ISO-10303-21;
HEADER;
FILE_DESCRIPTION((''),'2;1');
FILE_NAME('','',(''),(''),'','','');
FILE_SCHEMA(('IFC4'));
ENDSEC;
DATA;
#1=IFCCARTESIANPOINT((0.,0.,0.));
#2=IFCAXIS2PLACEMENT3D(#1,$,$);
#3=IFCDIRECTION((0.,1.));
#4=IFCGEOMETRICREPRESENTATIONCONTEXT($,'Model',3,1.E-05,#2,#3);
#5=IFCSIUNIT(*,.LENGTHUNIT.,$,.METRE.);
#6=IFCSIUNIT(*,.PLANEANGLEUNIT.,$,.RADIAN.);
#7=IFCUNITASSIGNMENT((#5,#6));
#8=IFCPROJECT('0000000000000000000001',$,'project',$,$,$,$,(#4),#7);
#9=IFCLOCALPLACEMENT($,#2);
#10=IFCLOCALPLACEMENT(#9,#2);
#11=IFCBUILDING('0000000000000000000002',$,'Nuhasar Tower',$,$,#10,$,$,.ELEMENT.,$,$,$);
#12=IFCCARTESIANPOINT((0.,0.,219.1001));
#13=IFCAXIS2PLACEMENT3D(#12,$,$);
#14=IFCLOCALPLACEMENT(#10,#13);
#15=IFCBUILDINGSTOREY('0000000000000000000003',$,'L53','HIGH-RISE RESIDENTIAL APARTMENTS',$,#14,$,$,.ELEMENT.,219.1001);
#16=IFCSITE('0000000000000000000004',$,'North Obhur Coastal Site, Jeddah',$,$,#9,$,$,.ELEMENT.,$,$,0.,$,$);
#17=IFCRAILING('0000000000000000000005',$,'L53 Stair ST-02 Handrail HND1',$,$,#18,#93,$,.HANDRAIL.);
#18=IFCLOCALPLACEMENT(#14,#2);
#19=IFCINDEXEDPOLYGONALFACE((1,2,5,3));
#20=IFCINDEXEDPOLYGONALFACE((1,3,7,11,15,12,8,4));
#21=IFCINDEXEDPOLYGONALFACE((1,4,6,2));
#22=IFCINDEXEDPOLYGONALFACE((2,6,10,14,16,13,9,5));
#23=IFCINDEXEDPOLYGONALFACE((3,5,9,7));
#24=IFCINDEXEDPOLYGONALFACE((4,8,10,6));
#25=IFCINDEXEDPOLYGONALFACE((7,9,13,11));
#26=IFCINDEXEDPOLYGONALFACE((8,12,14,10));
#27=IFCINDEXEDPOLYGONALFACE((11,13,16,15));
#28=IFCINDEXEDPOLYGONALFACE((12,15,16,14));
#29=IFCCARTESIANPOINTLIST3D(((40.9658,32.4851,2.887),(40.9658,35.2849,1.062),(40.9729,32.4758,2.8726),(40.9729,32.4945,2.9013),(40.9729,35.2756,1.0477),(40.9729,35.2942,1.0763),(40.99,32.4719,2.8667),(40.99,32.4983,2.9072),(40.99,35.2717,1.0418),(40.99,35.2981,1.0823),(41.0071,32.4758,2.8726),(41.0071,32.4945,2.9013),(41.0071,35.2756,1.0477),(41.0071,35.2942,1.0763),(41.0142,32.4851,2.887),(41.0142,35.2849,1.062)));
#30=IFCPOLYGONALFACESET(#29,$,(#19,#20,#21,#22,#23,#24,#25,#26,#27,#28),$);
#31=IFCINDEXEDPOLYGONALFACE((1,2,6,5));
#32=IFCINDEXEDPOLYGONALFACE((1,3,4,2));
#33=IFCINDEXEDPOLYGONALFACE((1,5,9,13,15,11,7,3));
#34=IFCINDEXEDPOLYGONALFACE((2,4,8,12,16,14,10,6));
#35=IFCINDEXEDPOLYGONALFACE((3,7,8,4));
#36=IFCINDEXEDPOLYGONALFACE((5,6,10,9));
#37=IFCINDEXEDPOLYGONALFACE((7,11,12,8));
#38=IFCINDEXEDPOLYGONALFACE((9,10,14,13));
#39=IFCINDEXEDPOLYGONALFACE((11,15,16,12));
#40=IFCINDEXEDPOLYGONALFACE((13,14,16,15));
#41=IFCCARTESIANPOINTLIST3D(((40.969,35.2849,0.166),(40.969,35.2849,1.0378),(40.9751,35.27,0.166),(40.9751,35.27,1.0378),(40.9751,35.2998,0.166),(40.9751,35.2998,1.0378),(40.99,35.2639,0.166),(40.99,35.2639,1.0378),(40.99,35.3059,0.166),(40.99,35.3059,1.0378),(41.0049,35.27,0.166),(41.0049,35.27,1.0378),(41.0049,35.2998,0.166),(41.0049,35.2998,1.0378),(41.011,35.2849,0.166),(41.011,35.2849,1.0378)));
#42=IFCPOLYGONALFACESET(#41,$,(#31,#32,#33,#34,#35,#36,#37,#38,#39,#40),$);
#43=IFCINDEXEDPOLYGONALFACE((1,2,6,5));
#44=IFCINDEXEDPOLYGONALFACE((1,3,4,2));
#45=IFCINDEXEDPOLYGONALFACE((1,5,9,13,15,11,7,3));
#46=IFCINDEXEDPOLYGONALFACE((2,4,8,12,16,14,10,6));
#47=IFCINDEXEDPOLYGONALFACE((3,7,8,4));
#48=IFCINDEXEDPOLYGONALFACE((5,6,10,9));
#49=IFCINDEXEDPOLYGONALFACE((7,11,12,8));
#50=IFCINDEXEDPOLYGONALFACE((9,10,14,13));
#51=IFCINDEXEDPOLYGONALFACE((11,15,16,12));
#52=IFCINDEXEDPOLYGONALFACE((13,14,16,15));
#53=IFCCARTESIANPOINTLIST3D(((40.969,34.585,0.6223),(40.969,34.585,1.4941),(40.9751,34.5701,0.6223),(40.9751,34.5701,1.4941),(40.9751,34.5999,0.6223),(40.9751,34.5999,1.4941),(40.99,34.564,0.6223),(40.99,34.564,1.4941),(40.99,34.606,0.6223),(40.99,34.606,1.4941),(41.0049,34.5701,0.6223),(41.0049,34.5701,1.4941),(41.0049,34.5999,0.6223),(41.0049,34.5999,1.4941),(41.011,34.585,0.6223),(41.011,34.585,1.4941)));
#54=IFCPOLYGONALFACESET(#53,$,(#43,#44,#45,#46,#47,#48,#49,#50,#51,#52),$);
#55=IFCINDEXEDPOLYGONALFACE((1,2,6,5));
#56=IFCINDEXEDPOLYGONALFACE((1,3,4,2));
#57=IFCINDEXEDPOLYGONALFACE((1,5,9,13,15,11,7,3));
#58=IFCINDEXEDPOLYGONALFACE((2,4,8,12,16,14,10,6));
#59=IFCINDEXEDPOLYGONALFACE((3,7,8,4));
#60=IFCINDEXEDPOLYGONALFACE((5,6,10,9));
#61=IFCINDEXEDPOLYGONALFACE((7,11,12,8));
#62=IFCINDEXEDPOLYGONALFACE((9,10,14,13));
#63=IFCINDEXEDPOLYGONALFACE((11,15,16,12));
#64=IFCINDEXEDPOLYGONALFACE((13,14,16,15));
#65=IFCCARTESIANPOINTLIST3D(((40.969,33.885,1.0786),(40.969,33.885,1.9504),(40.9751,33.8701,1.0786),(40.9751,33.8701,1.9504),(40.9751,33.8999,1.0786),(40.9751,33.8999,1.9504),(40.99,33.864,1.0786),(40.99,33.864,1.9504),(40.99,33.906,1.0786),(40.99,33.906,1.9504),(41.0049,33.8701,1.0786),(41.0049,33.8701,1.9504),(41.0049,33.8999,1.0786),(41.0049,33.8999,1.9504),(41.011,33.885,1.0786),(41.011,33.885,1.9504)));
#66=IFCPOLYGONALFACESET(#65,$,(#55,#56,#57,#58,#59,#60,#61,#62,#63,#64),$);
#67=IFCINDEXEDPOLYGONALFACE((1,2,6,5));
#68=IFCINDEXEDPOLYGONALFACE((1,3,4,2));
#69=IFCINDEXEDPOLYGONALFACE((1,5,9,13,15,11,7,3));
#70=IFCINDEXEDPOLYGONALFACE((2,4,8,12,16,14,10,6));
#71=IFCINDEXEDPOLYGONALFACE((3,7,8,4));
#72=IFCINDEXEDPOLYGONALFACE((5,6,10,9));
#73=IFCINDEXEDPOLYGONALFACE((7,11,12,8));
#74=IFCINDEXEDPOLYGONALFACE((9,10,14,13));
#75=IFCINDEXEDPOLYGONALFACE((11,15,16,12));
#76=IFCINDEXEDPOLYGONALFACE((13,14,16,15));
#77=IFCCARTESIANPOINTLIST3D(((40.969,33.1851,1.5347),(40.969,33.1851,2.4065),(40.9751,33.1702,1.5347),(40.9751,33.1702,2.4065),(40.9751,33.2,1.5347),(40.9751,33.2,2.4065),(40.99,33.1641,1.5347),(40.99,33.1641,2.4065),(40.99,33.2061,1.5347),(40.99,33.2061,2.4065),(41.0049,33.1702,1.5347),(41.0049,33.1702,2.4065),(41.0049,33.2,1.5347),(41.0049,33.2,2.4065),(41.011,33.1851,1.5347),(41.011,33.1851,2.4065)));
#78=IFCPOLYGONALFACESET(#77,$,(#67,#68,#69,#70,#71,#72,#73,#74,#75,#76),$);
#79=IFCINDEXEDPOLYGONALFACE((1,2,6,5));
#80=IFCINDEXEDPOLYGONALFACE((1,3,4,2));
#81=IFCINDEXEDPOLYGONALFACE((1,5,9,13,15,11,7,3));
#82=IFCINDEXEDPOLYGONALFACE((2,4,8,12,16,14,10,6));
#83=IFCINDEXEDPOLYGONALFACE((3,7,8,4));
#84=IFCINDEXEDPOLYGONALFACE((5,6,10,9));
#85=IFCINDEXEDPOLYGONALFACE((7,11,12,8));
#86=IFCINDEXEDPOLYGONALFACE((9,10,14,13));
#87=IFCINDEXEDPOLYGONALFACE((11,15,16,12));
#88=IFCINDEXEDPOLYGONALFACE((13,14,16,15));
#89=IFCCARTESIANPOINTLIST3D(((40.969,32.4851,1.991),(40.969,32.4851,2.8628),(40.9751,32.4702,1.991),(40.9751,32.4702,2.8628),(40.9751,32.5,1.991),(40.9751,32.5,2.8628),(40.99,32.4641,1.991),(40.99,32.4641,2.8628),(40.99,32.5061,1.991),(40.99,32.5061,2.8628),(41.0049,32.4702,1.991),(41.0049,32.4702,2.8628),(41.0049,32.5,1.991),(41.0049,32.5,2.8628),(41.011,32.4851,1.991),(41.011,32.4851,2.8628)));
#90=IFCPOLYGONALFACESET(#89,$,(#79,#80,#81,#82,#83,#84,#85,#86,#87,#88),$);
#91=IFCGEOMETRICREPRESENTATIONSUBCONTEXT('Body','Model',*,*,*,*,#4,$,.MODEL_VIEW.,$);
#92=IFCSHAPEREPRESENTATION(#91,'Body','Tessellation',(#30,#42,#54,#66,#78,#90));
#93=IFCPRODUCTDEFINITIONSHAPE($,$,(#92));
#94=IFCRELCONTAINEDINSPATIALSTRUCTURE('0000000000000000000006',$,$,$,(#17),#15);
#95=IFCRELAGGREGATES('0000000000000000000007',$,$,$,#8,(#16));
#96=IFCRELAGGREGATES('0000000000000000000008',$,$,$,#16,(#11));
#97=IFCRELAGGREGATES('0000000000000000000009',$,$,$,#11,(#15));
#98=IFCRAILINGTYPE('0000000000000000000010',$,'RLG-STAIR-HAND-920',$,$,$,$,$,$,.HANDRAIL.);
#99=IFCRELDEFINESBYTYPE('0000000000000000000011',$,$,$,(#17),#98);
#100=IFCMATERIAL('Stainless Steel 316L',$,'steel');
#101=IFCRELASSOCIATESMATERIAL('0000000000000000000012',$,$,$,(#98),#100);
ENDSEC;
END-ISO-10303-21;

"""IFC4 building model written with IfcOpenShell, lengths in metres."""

from ifc_helpers import new_model, si_unit, direction, frame, origin, place, context, subcontext, project, spatial, polyline, outline, extrude, material, type_object, element, save


model = new_model("IFC4")

# Units and contexts
model_context = context("Model", 3, precision=1e-05, world=origin(), true_north=direction((0.0, 1.0)))
body_context = subcontext(model_context, "Body", "Model", "MODEL_VIEW")
ifc_project = project(units=[si_unit("LENGTHUNIT", "METRE"), si_unit("PLANEANGLEUNIT", "RADIAN")], contexts=[model_context])

# Site, building, storey
site_placement = place(None, origin())
site = spatial("IfcSite", under=ifc_project, at=site_placement, Name="North Obhur Coastal Site, Jeddah", CompositionType="ELEMENT", RefElevation=0.0)
building_placement = place(site_placement, origin())
building = spatial("IfcBuilding", under=site, at=building_placement, Name="Nuhasar Tower", CompositionType="ELEMENT")
storey_placement = place(building_placement, frame((0.0, 0.0, 219.1001)))
storey = spatial("IfcBuildingStorey", under=building, at=storey_placement, Name="L53", Description="HIGH-RISE RESIDENTIAL APARTMENTS", CompositionType="ELEMENT", Elevation=219.1001)

# Railing
ifc_material_1 = material(Name="Stainless Steel 316L", Category="steel")
railing_type_1 = type_object("IfcRailingType", Name="RLG-STAIR-HAND-920", PredefinedType="HANDRAIL", material=ifc_material_1)
railing_1_placement = place(storey_placement, frame((40.99, 35.2849, 0.166)))
element("IfcRailing", 1, at=railing_1_placement, inside=storey, type_object=railing_type_1, Name="L53 Stair ST-02 Handrail HND1", PredefinedType="HANDRAIL", context=body_context, shape_type="SweptSolid", body=[
    extrude(outline(polyline([(0.0242, 0.0), (0.0171, 0.0171), (0.0, 0.0242), (-0.0171, 0.0171), (-0.0242, 0.0), (-0.0171, -0.0171), (0.0, -0.0242), (0.0171, -0.0171), (0.0242, 0.0)])), frame((0.0, 0.0, 0.896), z_axis=(0.0, -0.837749, 0.546056), x_axis=(1.0, 0.0, 0.0)), (0.0, 0.0, 1.0), 3.342),
    extrude(outline(polyline([(0.021, 0.0), (0.0149, 0.0149), (0.0, 0.021), (-0.0149, 0.0149), (-0.021, 0.0), (-0.0149, -0.0149), (0.0, -0.021), (0.0149, -0.0149), (0.021, 0.0)])), origin(), (0.0, 0.0, 1.0), 0.8718),
    extrude(outline(polyline([(0.021, 0.0), (0.0149, 0.0149), (0.0, 0.021), (-0.0149, 0.0149), (-0.021, 0.0), (-0.0149, -0.0149), (0.0, -0.021), (0.0149, -0.0149), (0.021, 0.0)])), frame((0.0, -0.7, 0.4563)), (0.0, 0.0, 1.0), 0.8718),
    extrude(outline(polyline([(0.021, 0.0), (0.0149, 0.0149), (0.0, 0.021), (-0.0149, 0.0149), (-0.021, 0.0), (-0.0149, -0.0149), (0.0, -0.021), (0.0149, -0.0149), (0.021, 0.0)])), frame((0.0, -1.3999, 0.9126)), (0.0, 0.0, 1.0), 0.8718),
    extrude(outline(polyline([(0.021, 0.0), (0.0149, 0.0149), (0.0, 0.021), (-0.0149, 0.0149), (-0.021, 0.0), (-0.0149, -0.0149), (0.0, -0.021), (0.0149, -0.0149), (0.021, 0.0)])), frame((0.0, -2.0999, 1.3687)), (0.0, 0.0, 1.0), 0.8718),
    extrude(outline(polyline([(0.021, 0.0), (0.0149, 0.0149), (0.0, 0.021), (-0.0149, 0.0149), (-0.021, 0.0), (-0.0149, -0.0149), (0.0, -0.021), (0.0149, -0.0149), (0.021, 0.0)])), frame((0.0, -2.7998, 1.825)), (0.0, 0.0, 1.0), 0.8718),
])

save(model, "model.ifc")
